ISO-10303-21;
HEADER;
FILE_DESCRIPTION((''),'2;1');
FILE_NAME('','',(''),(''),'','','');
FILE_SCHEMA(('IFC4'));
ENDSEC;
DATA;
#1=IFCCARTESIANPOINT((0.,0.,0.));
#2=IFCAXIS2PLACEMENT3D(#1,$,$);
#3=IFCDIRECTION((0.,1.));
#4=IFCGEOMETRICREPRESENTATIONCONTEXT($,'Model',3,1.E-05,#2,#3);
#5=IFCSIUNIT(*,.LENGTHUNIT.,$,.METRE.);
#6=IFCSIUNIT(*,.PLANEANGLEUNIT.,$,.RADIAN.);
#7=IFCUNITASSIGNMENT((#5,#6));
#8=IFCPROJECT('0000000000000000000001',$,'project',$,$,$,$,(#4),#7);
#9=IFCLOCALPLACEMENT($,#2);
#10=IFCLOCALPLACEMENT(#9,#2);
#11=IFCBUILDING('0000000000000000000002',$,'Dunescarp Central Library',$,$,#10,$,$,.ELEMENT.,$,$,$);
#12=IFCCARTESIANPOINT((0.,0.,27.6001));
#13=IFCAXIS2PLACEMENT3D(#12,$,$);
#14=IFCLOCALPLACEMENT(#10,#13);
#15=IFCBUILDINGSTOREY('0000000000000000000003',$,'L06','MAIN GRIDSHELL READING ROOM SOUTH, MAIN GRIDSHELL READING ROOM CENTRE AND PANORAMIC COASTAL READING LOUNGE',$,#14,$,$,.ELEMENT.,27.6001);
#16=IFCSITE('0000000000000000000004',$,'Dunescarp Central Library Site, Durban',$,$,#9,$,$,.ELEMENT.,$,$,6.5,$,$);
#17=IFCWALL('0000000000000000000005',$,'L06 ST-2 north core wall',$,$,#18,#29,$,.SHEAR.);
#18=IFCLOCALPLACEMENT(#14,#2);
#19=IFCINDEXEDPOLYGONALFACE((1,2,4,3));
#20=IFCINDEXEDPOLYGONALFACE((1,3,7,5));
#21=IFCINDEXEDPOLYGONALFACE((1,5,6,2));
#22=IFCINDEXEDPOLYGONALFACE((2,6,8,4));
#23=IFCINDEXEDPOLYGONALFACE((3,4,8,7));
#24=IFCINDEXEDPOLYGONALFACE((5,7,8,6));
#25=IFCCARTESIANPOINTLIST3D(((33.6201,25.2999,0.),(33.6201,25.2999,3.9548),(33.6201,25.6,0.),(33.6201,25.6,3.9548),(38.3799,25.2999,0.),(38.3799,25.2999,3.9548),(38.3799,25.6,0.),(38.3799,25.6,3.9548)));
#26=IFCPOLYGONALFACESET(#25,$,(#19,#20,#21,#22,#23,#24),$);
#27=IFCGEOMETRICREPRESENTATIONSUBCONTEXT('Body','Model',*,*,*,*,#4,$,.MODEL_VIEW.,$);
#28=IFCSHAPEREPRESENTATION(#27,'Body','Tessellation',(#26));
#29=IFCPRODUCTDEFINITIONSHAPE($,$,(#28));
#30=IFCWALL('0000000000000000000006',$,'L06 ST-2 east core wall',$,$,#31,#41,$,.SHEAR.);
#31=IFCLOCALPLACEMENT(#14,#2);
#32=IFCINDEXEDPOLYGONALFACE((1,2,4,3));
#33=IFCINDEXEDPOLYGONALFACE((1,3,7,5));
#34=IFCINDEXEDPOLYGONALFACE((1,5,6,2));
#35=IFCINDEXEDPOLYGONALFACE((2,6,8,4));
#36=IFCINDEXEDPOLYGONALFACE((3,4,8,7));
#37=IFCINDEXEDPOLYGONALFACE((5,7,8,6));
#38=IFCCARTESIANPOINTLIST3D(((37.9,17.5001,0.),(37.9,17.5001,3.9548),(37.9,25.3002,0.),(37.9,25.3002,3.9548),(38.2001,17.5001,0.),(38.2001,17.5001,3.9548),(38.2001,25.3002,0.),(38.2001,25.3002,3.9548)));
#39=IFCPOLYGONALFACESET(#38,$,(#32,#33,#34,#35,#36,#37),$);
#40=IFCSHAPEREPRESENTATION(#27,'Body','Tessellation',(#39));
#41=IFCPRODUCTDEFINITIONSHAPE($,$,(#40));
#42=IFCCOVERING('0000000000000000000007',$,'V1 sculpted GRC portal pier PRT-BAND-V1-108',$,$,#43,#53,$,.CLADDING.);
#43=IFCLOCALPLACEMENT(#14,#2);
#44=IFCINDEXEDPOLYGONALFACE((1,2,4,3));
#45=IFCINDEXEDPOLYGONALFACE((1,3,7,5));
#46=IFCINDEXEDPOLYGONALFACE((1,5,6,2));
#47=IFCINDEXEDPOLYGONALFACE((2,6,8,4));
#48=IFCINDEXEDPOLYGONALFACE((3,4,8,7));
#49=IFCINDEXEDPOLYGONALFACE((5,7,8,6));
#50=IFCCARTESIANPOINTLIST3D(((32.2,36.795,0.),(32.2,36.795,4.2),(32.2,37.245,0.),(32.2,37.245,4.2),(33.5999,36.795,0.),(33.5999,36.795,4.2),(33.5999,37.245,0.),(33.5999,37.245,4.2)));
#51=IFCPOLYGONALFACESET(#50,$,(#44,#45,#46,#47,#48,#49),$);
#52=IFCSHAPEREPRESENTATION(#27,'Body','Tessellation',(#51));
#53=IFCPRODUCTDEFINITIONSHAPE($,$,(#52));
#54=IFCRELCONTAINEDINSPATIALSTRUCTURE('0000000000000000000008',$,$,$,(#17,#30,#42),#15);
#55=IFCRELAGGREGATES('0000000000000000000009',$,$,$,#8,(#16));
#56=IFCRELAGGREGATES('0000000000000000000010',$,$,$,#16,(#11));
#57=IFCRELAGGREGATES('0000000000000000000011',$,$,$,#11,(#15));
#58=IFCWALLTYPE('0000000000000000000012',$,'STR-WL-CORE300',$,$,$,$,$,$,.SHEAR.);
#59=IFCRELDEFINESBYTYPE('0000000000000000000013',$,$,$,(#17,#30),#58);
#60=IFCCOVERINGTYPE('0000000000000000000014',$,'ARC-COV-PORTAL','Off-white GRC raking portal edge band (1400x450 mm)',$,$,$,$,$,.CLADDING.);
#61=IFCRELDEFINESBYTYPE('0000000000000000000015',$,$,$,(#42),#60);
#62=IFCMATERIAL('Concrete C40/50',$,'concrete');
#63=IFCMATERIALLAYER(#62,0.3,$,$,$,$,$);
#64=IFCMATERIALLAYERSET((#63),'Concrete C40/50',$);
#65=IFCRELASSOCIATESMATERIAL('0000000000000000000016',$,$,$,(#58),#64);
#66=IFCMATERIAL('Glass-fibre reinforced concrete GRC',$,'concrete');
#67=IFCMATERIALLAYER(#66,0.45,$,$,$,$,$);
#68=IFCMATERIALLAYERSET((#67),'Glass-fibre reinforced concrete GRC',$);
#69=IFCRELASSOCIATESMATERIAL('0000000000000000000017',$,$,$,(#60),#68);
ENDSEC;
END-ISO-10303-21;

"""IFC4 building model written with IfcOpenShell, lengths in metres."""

from ifc_helpers import new_model, si_unit, direction, frame, frame_2d, origin, origin_2d, place, context, subcontext, project, spatial, rectangle, extrude, material, layer, layer_set, type_object, element, save


model = new_model("IFC4")

# Units and contexts
model_context = context("Model", 3, precision=1e-05, world=origin(), true_north=direction((0.0, 1.0)))
body_context = subcontext(model_context, "Body", "Model", "MODEL_VIEW")
ifc_project = project(units=[si_unit("LENGTHUNIT", "METRE"), si_unit("PLANEANGLEUNIT", "RADIAN")], contexts=[model_context])

# Site, building, storey
site_placement = place(None, origin())
site = spatial("IfcSite", under=ifc_project, at=site_placement, Name="Dunescarp Central Library Site, Durban", CompositionType="ELEMENT", RefElevation=6.5)
building_placement = place(site_placement, origin())
building = spatial("IfcBuilding", under=site, at=building_placement, Name="Dunescarp Central Library", CompositionType="ELEMENT")
storey_placement = place(building_placement, frame((0.0, 0.0, 27.6001)))
storey = spatial("IfcBuildingStorey", under=building, at=storey_placement, Name="L06", Description="MAIN GRIDSHELL READING ROOM SOUTH, MAIN GRIDSHELL READING ROOM CENTRE AND PANORAMIC COASTAL READING LOUNGE", CompositionType="ELEMENT", Elevation=27.6001)

# Shared definitions
ifc_material_1 = material(Name="Glass-fibre reinforced concrete GRC", Category="concrete")

# Walls
ifc_material_2 = material(Name="Concrete C40/50", Category="concrete")
ifc_layer_1 = layer(ifc_material_2, 0.3)
ifc_layer_set_1 = layer_set([ifc_layer_1], Name="Concrete C40/50")
wall_type_1 = type_object("IfcWallType", Name="STR-WL-CORE300", PredefinedType="SHEAR", material=ifc_layer_set_1)
wall_1_placement = place(storey_placement, frame((33.6201, 25.45, 0.0), z_axis=(0.0, 0.0, 1.0), x_axis=(1.0, 0.0, 0.0)))
element("IfcWall", 1, at=wall_1_placement, inside=storey, type_object=wall_type_1, Name="L06 ST-2 north core wall", PredefinedType="SHEAR", context=body_context, shape_type="SweptSolid", body=[
    extrude(rectangle(XDim=4.7598, YDim=0.3, at=frame_2d((2.3799, 0.0))), origin(), (0.0, 0.0, 1.0), 3.9548),
])
wall_2_placement = place(storey_placement, frame((38.05, 25.3, 0.0), z_axis=(0.0, 0.0, 1.0), x_axis=(0.0, -1.0, 0.0)))
element("IfcWall", 2, at=wall_2_placement, inside=storey, type_object=wall_type_1, Name="L06 ST-2 east core wall", PredefinedType="SHEAR", context=body_context, shape_type="SweptSolid", body=[
    extrude(rectangle(XDim=7.8, YDim=0.3, at=frame_2d((3.8999, 0.0))), origin(), (0.0, 0.0, 1.0), 3.9548),
])

# Covering
ifc_layer_2 = layer(ifc_material_1, 0.45)
ifc_layer_set_2 = layer_set([ifc_layer_2], Name="Glass-fibre reinforced concrete GRC")
covering_type = type_object("IfcCoveringType", Name="ARC-COV-PORTAL", Description="Off-white GRC raking portal edge band (1400x450 mm)", PredefinedType="CLADDING", material=ifc_layer_set_2)
covering_placement = place(storey_placement, frame((32.8999, 37.02, 0.0), z_axis=(0.0, 0.0, 1.0), x_axis=(1.0, 0.0, 0.0)))
element("IfcCovering", 3, at=covering_placement, inside=storey, type_object=covering_type, Name="V1 sculpted GRC portal pier PRT-BAND-V1-108", PredefinedType="CLADDING", context=body_context, shape_type="SweptSolid", body=[
    extrude(rectangle(XDim=1.3999, YDim=0.45, at=origin_2d()), origin(), (0.0, 0.0, 1.0), 4.2),
])

save(model, "model.ifc")
